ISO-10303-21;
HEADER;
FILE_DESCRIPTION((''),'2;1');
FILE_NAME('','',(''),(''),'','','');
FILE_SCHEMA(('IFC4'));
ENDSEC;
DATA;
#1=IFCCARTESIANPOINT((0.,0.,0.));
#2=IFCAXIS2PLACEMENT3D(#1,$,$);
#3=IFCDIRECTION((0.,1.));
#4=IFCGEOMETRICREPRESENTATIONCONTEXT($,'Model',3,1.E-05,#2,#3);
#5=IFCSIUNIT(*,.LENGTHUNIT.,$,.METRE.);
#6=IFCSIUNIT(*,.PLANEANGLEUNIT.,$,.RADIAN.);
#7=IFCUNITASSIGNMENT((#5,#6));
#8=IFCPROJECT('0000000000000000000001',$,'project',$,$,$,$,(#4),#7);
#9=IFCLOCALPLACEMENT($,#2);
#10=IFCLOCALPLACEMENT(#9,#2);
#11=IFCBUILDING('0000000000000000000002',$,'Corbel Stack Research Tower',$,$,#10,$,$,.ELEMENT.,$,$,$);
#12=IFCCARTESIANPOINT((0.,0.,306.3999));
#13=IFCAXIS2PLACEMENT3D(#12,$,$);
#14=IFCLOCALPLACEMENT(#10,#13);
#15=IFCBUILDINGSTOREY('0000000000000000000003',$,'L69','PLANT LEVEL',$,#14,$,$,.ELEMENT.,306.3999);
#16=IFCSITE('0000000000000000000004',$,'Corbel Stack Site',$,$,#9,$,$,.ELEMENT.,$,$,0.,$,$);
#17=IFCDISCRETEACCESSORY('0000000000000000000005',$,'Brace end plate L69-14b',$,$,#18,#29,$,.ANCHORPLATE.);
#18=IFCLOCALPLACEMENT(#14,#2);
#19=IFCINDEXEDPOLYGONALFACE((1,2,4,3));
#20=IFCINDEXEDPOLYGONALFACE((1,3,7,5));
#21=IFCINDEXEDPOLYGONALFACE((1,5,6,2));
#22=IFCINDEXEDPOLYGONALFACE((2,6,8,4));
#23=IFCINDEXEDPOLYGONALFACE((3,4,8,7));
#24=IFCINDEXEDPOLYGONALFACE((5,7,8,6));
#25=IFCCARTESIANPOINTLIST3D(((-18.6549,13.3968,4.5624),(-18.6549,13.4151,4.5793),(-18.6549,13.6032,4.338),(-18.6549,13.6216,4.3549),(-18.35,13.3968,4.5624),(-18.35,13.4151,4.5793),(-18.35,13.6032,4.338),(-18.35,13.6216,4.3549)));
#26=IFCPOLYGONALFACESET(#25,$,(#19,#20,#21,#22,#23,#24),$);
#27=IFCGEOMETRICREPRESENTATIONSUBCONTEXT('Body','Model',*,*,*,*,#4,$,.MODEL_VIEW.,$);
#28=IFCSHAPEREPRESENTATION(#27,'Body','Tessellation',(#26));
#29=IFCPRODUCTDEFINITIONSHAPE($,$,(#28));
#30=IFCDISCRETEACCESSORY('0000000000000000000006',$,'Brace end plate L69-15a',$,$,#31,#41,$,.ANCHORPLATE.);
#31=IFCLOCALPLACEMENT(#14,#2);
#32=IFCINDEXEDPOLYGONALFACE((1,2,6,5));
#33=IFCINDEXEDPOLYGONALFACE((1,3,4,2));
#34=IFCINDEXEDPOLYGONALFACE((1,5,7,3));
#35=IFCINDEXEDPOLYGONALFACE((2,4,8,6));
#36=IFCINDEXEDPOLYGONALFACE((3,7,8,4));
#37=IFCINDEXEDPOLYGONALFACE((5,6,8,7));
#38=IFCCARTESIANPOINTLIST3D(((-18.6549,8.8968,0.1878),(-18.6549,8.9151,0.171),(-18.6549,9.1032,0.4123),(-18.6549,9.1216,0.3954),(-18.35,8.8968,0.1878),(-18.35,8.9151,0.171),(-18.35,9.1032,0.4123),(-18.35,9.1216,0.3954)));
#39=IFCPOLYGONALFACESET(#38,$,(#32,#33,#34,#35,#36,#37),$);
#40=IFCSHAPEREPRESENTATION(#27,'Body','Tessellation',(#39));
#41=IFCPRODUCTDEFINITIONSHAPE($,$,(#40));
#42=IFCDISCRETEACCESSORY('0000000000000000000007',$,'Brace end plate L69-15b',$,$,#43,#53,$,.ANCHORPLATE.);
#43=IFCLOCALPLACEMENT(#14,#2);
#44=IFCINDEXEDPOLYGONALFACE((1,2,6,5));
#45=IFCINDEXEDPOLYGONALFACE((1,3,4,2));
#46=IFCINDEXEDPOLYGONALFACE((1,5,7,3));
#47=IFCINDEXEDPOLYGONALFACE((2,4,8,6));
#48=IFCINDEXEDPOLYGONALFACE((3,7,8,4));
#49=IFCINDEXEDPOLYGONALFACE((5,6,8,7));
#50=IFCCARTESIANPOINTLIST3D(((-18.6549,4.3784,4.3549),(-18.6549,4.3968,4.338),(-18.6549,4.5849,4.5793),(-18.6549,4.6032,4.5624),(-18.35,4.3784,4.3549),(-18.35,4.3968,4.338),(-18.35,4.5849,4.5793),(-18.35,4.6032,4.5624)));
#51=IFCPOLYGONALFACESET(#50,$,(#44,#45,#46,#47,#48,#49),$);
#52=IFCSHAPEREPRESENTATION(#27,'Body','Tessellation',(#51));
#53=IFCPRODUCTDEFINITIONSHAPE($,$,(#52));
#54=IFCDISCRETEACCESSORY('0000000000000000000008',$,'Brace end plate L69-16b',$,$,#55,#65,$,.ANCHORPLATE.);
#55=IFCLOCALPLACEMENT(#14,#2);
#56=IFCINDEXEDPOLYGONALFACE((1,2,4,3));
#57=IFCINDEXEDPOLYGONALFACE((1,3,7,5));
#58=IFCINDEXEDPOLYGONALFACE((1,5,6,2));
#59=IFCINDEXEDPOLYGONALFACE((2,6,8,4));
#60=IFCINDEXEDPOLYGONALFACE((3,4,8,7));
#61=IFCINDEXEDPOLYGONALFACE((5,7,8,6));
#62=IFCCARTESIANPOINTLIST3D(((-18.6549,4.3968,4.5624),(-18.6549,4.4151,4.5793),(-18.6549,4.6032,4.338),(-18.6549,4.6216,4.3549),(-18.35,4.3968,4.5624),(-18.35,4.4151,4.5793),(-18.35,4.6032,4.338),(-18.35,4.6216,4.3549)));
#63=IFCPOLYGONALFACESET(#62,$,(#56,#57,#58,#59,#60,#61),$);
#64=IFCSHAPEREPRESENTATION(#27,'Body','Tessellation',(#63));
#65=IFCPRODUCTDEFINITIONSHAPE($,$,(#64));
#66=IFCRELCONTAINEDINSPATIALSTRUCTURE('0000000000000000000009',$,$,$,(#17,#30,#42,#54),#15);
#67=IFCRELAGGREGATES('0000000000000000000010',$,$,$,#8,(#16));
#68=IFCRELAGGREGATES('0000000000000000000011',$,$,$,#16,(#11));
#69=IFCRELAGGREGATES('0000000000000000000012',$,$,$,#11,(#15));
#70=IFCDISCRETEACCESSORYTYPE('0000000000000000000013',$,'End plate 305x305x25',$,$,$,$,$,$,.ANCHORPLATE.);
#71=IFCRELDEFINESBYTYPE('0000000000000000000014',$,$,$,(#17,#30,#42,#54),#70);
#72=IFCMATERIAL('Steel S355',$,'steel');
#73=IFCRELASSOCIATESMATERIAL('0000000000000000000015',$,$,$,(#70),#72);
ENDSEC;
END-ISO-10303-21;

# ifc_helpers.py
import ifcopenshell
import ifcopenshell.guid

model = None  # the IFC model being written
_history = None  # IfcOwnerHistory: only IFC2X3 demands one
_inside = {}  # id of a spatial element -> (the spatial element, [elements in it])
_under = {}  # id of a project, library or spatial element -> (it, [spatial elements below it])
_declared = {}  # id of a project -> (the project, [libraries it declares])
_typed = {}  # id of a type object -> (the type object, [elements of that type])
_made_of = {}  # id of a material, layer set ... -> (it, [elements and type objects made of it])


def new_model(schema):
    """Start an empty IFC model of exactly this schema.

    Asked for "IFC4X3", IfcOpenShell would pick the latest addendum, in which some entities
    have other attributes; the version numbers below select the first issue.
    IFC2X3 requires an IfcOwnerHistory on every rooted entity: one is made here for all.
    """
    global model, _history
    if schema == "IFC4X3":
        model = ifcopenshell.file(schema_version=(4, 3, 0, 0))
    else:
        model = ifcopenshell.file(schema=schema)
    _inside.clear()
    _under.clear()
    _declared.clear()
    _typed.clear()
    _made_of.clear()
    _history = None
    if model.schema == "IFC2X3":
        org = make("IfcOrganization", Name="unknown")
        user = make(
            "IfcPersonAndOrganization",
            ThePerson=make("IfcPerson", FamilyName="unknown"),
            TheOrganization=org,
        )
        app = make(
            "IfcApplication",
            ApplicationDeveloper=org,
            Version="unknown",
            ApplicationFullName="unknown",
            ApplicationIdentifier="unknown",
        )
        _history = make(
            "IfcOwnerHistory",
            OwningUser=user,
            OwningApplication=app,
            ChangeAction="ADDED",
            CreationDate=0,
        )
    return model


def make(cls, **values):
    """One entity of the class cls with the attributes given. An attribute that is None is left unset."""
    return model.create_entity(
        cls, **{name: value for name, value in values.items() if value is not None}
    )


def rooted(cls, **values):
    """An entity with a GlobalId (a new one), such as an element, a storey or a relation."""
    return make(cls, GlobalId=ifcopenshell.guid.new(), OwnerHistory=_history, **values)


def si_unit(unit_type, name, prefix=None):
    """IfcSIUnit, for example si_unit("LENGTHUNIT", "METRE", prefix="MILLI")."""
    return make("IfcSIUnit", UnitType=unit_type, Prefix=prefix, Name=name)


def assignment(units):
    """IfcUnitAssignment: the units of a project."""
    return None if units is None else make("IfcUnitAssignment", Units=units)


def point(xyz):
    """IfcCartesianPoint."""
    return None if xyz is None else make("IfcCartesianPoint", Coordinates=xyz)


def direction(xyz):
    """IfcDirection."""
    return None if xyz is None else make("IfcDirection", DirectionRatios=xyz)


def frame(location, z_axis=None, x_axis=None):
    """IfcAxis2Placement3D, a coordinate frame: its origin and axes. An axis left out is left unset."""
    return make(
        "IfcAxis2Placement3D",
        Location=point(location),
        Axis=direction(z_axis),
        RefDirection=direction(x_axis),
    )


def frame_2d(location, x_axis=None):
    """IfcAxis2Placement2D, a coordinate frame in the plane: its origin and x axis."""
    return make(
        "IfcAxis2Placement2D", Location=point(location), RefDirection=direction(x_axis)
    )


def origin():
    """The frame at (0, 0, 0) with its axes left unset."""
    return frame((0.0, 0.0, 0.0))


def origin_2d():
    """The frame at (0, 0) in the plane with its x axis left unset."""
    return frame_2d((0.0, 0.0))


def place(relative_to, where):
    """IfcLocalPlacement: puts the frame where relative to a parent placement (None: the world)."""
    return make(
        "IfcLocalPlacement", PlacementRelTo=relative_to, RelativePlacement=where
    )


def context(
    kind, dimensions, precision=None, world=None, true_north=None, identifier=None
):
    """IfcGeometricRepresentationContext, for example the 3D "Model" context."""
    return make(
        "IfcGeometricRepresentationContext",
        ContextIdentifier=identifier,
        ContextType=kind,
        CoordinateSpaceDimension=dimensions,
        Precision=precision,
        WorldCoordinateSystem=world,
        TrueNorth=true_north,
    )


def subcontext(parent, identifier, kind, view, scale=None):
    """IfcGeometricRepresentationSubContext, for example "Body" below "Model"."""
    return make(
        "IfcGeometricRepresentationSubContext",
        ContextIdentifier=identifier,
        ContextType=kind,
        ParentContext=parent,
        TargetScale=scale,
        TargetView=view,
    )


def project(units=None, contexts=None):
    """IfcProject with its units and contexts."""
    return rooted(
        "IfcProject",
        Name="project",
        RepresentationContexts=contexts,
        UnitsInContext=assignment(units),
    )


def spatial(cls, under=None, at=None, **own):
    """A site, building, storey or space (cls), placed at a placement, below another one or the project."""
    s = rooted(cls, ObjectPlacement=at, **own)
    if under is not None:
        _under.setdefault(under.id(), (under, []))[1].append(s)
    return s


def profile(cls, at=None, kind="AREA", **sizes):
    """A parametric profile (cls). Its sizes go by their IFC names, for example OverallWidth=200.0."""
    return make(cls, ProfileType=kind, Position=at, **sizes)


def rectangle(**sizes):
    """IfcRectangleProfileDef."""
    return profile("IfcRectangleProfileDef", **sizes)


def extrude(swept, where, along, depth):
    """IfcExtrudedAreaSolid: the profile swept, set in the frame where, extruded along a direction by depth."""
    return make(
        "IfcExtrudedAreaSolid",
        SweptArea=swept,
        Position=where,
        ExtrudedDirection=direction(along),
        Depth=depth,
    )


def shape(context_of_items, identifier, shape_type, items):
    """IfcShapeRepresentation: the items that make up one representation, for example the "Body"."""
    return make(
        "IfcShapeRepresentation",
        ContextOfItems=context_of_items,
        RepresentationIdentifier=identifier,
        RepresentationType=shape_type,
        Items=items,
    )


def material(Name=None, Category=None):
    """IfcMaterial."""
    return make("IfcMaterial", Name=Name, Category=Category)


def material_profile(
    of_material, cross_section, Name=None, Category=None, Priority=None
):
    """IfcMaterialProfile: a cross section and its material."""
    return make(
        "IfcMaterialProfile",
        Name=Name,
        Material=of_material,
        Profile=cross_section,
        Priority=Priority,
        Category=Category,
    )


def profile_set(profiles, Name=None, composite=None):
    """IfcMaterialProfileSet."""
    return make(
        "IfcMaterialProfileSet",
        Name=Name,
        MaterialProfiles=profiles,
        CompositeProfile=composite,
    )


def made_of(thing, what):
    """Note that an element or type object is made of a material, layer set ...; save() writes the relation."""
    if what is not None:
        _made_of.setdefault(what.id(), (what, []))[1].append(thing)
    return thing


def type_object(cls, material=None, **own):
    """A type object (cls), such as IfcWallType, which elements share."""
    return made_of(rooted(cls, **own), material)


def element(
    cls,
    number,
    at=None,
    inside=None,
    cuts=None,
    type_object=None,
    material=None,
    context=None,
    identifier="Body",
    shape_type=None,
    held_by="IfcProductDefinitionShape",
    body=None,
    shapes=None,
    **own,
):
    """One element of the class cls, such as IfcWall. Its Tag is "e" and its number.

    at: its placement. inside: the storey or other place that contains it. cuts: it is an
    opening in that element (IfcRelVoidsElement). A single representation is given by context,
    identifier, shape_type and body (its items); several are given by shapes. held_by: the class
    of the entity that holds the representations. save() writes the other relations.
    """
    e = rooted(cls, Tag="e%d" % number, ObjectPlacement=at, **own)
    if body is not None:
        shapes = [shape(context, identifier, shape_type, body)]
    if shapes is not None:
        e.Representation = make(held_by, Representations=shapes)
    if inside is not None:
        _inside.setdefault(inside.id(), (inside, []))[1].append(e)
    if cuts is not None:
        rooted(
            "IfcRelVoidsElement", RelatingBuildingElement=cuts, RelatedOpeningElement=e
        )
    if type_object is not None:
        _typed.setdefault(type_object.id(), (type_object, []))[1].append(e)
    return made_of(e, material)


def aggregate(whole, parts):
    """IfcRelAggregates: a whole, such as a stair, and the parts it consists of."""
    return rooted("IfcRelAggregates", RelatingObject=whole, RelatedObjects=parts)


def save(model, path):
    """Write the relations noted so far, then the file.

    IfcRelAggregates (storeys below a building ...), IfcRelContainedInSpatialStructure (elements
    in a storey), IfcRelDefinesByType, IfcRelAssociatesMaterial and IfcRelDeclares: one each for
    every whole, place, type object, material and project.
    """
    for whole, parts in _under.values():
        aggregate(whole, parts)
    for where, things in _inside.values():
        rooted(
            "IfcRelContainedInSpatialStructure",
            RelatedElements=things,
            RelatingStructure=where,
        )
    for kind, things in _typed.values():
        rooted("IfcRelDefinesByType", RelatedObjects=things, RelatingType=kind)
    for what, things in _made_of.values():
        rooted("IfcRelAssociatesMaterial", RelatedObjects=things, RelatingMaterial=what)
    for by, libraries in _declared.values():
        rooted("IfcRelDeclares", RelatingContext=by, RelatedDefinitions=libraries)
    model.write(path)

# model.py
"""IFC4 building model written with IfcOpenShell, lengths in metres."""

from ifc_helpers import new_model, si_unit, direction, frame, origin, origin_2d, place, context, subcontext, project, spatial, rectangle, extrude, material, material_profile, profile_set, type_object, element, save


model = new_model("IFC4")

# Units and contexts
model_context = context("Model", 3, precision=1e-05, world=origin(), true_north=direction((0.0, 1.0)))
body_context = subcontext(model_context, "Body", "Model", "MODEL_VIEW")
ifc_project = project(units=[si_unit("LENGTHUNIT", "METRE"), si_unit("PLANEANGLEUNIT", "RADIAN")], contexts=[model_context])

# Site, building, storey
site_placement = place(None, origin())
site = spatial("IfcSite", under=ifc_project, at=site_placement, Name="Corbel Stack Site", CompositionType="ELEMENT", RefElevation=0.0)
building_placement = place(site_placement, origin())
building = spatial("IfcBuilding", under=site, at=building_placement, Name="Corbel Stack Research Tower", CompositionType="ELEMENT")
storey_placement = place(building_placement, frame((0.0, 0.0, 306.3999)))
storey = spatial("IfcBuildingStorey", under=building, at=storey_placement, Name="L69", Description="PLANT LEVEL", CompositionType="ELEMENT", Elevation=306.3999)

# Discrete accessories
ifc_material_1 = material(Name="Steel S355", Category="steel")
ifc_material_profile_1 = material_profile(ifc_material_1, rectangle(XDim=0.3049, YDim=0.3049, at=origin_2d()), Name="End plate 305x305x25")
ifc_profile_set_1 = profile_set([ifc_material_profile_1], Name="Steel S355")
discrete_accessory_type = type_object("IfcDiscreteAccessoryType", Name="End plate 305x305x25", PredefinedType="ANCHORPLATE", material=ifc_profile_set_1)
for number, where, z_axis, x_axis, name in (
    (1, (-18.5024, 13.5, 4.4502), (0.0, 0.735931, 0.677057), (-1.0, 0.0, 0.0), "Brace end plate L69-14b"),
    (2, (-18.5024, 9.0, 0.3), (0.0, 0.735931, -0.677057), (-1.0, 0.0, 0.0), "Brace end plate L69-15a"),
    (3, (-18.5024, 4.5, 4.4502), (0.0, -0.735931, 0.677057), (1.0, 0.0, 0.0), "Brace end plate L69-15b"),
    (4, (-18.5024, 4.5, 4.4502), (0.0, 0.735931, 0.677057), (-1.0, 0.0, 0.0), "Brace end plate L69-16b"),
):
    element("IfcDiscreteAccessory", number, at=place(storey_placement, frame(where, z_axis=z_axis, x_axis=x_axis)), inside=storey, type_object=discrete_accessory_type, Name=name, PredefinedType="ANCHORPLATE", context=body_context, shape_type="SweptSolid", body=[
        extrude(rectangle(XDim=0.3049, YDim=0.3049, at=origin_2d()), origin(), (0.0, 0.0, 1.0), 0.0249),
    ])

save(model, "model.ifc")
